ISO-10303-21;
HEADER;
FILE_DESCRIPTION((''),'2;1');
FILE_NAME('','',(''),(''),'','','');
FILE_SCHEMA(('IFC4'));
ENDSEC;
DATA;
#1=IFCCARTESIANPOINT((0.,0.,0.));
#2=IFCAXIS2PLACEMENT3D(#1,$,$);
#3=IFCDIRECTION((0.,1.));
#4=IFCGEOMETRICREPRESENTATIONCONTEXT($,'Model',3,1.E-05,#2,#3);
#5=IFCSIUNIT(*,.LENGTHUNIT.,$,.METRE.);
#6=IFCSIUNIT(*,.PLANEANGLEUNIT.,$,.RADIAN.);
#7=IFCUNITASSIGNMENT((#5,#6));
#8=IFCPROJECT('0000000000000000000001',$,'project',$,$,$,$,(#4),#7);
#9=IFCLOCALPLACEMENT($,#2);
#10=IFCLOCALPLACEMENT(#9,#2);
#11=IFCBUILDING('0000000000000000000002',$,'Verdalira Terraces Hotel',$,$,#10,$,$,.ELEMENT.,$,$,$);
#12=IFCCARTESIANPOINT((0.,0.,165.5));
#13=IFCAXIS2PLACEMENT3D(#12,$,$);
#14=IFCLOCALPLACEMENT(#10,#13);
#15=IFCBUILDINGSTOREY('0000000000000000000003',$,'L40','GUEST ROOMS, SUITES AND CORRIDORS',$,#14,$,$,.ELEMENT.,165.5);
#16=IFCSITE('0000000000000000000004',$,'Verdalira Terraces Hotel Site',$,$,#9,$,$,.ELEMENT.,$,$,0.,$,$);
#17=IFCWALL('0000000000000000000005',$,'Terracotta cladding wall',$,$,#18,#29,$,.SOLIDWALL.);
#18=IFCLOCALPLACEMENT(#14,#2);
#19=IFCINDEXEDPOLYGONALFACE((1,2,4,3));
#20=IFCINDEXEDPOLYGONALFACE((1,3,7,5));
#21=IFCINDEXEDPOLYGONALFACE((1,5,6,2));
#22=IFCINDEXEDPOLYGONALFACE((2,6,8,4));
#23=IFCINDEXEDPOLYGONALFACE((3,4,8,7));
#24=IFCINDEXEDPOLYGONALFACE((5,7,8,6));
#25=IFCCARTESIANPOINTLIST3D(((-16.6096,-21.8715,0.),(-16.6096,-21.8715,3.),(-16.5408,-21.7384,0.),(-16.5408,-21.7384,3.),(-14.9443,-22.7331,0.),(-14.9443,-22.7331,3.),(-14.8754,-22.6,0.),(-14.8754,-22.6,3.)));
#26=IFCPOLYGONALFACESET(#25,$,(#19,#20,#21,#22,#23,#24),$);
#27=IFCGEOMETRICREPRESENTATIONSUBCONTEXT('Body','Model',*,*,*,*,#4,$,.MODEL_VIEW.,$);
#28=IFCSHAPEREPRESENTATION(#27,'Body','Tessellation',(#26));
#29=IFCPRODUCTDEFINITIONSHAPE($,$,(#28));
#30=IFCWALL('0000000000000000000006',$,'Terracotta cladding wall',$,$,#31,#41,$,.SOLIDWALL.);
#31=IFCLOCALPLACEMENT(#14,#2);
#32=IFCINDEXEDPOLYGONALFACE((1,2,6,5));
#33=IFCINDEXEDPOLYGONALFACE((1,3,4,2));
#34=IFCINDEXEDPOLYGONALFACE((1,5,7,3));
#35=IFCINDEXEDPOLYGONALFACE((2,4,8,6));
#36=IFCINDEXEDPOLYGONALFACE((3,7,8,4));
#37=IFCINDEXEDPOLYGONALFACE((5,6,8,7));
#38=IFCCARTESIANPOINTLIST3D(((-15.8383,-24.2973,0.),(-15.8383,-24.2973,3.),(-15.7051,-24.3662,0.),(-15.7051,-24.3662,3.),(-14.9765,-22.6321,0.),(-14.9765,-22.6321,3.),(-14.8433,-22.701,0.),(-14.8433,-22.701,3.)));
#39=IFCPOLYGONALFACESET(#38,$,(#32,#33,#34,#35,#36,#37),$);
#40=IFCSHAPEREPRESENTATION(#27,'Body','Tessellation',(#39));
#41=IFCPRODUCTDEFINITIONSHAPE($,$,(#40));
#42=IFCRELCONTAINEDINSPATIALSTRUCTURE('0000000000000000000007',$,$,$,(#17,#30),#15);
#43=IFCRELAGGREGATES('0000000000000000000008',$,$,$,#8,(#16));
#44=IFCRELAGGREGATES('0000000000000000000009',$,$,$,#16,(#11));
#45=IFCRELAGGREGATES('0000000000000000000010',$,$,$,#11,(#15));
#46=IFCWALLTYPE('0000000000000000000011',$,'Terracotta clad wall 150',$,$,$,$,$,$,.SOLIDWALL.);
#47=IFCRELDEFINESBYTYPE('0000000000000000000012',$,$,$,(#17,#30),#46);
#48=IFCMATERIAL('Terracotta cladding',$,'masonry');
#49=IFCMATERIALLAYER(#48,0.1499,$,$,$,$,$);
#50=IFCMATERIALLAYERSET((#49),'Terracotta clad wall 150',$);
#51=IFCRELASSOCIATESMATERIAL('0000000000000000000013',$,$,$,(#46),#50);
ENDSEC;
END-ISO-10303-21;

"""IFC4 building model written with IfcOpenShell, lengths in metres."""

from ifc_helpers import new_model, si_unit, direction, frame, frame_2d, origin, place, context, subcontext, project, spatial, rectangle, extrude, material, layer, layer_set, type_object, element, save


model = new_model("IFC4")

# Units and contexts
model_context = context("Model", 3, precision=1e-05, world=origin(), true_north=direction((0.0, 1.0)))
body_context = subcontext(model_context, "Body", "Model", "MODEL_VIEW")
ifc_project = project(units=[si_unit("LENGTHUNIT", "METRE"), si_unit("PLANEANGLEUNIT", "RADIAN")], contexts=[model_context])

# Site, building, storey
site_placement = place(None, origin())
site = spatial("IfcSite", under=ifc_project, at=site_placement, Name="Verdalira Terraces Hotel Site", CompositionType="ELEMENT", RefElevation=0.0)
building_placement = place(site_placement, origin())
building = spatial("IfcBuilding", under=site, at=building_placement, Name="Verdalira Terraces Hotel", CompositionType="ELEMENT")
storey_placement = place(building_placement, frame((0.0, 0.0, 165.5)))
storey = spatial("IfcBuildingStorey", under=building, at=storey_placement, Name="L40", Description="GUEST ROOMS, SUITES AND CORRIDORS", CompositionType="ELEMENT", Elevation=165.5)

# Walls
ifc_material_1 = material(Name="Terracotta cladding", Category="masonry")
ifc_layer_1 = layer(ifc_material_1, 0.1499)
ifc_layer_set_1 = layer_set([ifc_layer_1], Name="Terracotta clad wall 150")
wall_type_1 = type_object("IfcWallType", Name="Terracotta clad wall 150", PredefinedType="SOLIDWALL", material=ifc_layer_set_1)
for number, where, z_axis, x_axis, name in (
    (1, (-16.5752, -21.8049, 0.0), (0.0, 0.0, 1.0), (0.88817, -0.459515, 0.0), "Terracotta cladding wall"),
    (2, (-14.9099, -22.6665, 0.0), (0.0, 0.0, 1.0), (-0.459618, -0.888117, 0.0), "Terracotta cladding wall"),
):
    element("IfcWall", number, at=place(storey_placement, frame(where, z_axis=z_axis, x_axis=x_axis)), inside=storey, type_object=wall_type_1, Name=name, PredefinedType="SOLIDWALL", context=body_context, shape_type="SweptSolid", body=[
        extrude(rectangle(XDim=1.875, YDim=0.1499, at=frame_2d((0.9375, 0.0))), origin(), (0.0, 0.0, 1.0), 3.0),
    ])

save(model, "model.ifc")
